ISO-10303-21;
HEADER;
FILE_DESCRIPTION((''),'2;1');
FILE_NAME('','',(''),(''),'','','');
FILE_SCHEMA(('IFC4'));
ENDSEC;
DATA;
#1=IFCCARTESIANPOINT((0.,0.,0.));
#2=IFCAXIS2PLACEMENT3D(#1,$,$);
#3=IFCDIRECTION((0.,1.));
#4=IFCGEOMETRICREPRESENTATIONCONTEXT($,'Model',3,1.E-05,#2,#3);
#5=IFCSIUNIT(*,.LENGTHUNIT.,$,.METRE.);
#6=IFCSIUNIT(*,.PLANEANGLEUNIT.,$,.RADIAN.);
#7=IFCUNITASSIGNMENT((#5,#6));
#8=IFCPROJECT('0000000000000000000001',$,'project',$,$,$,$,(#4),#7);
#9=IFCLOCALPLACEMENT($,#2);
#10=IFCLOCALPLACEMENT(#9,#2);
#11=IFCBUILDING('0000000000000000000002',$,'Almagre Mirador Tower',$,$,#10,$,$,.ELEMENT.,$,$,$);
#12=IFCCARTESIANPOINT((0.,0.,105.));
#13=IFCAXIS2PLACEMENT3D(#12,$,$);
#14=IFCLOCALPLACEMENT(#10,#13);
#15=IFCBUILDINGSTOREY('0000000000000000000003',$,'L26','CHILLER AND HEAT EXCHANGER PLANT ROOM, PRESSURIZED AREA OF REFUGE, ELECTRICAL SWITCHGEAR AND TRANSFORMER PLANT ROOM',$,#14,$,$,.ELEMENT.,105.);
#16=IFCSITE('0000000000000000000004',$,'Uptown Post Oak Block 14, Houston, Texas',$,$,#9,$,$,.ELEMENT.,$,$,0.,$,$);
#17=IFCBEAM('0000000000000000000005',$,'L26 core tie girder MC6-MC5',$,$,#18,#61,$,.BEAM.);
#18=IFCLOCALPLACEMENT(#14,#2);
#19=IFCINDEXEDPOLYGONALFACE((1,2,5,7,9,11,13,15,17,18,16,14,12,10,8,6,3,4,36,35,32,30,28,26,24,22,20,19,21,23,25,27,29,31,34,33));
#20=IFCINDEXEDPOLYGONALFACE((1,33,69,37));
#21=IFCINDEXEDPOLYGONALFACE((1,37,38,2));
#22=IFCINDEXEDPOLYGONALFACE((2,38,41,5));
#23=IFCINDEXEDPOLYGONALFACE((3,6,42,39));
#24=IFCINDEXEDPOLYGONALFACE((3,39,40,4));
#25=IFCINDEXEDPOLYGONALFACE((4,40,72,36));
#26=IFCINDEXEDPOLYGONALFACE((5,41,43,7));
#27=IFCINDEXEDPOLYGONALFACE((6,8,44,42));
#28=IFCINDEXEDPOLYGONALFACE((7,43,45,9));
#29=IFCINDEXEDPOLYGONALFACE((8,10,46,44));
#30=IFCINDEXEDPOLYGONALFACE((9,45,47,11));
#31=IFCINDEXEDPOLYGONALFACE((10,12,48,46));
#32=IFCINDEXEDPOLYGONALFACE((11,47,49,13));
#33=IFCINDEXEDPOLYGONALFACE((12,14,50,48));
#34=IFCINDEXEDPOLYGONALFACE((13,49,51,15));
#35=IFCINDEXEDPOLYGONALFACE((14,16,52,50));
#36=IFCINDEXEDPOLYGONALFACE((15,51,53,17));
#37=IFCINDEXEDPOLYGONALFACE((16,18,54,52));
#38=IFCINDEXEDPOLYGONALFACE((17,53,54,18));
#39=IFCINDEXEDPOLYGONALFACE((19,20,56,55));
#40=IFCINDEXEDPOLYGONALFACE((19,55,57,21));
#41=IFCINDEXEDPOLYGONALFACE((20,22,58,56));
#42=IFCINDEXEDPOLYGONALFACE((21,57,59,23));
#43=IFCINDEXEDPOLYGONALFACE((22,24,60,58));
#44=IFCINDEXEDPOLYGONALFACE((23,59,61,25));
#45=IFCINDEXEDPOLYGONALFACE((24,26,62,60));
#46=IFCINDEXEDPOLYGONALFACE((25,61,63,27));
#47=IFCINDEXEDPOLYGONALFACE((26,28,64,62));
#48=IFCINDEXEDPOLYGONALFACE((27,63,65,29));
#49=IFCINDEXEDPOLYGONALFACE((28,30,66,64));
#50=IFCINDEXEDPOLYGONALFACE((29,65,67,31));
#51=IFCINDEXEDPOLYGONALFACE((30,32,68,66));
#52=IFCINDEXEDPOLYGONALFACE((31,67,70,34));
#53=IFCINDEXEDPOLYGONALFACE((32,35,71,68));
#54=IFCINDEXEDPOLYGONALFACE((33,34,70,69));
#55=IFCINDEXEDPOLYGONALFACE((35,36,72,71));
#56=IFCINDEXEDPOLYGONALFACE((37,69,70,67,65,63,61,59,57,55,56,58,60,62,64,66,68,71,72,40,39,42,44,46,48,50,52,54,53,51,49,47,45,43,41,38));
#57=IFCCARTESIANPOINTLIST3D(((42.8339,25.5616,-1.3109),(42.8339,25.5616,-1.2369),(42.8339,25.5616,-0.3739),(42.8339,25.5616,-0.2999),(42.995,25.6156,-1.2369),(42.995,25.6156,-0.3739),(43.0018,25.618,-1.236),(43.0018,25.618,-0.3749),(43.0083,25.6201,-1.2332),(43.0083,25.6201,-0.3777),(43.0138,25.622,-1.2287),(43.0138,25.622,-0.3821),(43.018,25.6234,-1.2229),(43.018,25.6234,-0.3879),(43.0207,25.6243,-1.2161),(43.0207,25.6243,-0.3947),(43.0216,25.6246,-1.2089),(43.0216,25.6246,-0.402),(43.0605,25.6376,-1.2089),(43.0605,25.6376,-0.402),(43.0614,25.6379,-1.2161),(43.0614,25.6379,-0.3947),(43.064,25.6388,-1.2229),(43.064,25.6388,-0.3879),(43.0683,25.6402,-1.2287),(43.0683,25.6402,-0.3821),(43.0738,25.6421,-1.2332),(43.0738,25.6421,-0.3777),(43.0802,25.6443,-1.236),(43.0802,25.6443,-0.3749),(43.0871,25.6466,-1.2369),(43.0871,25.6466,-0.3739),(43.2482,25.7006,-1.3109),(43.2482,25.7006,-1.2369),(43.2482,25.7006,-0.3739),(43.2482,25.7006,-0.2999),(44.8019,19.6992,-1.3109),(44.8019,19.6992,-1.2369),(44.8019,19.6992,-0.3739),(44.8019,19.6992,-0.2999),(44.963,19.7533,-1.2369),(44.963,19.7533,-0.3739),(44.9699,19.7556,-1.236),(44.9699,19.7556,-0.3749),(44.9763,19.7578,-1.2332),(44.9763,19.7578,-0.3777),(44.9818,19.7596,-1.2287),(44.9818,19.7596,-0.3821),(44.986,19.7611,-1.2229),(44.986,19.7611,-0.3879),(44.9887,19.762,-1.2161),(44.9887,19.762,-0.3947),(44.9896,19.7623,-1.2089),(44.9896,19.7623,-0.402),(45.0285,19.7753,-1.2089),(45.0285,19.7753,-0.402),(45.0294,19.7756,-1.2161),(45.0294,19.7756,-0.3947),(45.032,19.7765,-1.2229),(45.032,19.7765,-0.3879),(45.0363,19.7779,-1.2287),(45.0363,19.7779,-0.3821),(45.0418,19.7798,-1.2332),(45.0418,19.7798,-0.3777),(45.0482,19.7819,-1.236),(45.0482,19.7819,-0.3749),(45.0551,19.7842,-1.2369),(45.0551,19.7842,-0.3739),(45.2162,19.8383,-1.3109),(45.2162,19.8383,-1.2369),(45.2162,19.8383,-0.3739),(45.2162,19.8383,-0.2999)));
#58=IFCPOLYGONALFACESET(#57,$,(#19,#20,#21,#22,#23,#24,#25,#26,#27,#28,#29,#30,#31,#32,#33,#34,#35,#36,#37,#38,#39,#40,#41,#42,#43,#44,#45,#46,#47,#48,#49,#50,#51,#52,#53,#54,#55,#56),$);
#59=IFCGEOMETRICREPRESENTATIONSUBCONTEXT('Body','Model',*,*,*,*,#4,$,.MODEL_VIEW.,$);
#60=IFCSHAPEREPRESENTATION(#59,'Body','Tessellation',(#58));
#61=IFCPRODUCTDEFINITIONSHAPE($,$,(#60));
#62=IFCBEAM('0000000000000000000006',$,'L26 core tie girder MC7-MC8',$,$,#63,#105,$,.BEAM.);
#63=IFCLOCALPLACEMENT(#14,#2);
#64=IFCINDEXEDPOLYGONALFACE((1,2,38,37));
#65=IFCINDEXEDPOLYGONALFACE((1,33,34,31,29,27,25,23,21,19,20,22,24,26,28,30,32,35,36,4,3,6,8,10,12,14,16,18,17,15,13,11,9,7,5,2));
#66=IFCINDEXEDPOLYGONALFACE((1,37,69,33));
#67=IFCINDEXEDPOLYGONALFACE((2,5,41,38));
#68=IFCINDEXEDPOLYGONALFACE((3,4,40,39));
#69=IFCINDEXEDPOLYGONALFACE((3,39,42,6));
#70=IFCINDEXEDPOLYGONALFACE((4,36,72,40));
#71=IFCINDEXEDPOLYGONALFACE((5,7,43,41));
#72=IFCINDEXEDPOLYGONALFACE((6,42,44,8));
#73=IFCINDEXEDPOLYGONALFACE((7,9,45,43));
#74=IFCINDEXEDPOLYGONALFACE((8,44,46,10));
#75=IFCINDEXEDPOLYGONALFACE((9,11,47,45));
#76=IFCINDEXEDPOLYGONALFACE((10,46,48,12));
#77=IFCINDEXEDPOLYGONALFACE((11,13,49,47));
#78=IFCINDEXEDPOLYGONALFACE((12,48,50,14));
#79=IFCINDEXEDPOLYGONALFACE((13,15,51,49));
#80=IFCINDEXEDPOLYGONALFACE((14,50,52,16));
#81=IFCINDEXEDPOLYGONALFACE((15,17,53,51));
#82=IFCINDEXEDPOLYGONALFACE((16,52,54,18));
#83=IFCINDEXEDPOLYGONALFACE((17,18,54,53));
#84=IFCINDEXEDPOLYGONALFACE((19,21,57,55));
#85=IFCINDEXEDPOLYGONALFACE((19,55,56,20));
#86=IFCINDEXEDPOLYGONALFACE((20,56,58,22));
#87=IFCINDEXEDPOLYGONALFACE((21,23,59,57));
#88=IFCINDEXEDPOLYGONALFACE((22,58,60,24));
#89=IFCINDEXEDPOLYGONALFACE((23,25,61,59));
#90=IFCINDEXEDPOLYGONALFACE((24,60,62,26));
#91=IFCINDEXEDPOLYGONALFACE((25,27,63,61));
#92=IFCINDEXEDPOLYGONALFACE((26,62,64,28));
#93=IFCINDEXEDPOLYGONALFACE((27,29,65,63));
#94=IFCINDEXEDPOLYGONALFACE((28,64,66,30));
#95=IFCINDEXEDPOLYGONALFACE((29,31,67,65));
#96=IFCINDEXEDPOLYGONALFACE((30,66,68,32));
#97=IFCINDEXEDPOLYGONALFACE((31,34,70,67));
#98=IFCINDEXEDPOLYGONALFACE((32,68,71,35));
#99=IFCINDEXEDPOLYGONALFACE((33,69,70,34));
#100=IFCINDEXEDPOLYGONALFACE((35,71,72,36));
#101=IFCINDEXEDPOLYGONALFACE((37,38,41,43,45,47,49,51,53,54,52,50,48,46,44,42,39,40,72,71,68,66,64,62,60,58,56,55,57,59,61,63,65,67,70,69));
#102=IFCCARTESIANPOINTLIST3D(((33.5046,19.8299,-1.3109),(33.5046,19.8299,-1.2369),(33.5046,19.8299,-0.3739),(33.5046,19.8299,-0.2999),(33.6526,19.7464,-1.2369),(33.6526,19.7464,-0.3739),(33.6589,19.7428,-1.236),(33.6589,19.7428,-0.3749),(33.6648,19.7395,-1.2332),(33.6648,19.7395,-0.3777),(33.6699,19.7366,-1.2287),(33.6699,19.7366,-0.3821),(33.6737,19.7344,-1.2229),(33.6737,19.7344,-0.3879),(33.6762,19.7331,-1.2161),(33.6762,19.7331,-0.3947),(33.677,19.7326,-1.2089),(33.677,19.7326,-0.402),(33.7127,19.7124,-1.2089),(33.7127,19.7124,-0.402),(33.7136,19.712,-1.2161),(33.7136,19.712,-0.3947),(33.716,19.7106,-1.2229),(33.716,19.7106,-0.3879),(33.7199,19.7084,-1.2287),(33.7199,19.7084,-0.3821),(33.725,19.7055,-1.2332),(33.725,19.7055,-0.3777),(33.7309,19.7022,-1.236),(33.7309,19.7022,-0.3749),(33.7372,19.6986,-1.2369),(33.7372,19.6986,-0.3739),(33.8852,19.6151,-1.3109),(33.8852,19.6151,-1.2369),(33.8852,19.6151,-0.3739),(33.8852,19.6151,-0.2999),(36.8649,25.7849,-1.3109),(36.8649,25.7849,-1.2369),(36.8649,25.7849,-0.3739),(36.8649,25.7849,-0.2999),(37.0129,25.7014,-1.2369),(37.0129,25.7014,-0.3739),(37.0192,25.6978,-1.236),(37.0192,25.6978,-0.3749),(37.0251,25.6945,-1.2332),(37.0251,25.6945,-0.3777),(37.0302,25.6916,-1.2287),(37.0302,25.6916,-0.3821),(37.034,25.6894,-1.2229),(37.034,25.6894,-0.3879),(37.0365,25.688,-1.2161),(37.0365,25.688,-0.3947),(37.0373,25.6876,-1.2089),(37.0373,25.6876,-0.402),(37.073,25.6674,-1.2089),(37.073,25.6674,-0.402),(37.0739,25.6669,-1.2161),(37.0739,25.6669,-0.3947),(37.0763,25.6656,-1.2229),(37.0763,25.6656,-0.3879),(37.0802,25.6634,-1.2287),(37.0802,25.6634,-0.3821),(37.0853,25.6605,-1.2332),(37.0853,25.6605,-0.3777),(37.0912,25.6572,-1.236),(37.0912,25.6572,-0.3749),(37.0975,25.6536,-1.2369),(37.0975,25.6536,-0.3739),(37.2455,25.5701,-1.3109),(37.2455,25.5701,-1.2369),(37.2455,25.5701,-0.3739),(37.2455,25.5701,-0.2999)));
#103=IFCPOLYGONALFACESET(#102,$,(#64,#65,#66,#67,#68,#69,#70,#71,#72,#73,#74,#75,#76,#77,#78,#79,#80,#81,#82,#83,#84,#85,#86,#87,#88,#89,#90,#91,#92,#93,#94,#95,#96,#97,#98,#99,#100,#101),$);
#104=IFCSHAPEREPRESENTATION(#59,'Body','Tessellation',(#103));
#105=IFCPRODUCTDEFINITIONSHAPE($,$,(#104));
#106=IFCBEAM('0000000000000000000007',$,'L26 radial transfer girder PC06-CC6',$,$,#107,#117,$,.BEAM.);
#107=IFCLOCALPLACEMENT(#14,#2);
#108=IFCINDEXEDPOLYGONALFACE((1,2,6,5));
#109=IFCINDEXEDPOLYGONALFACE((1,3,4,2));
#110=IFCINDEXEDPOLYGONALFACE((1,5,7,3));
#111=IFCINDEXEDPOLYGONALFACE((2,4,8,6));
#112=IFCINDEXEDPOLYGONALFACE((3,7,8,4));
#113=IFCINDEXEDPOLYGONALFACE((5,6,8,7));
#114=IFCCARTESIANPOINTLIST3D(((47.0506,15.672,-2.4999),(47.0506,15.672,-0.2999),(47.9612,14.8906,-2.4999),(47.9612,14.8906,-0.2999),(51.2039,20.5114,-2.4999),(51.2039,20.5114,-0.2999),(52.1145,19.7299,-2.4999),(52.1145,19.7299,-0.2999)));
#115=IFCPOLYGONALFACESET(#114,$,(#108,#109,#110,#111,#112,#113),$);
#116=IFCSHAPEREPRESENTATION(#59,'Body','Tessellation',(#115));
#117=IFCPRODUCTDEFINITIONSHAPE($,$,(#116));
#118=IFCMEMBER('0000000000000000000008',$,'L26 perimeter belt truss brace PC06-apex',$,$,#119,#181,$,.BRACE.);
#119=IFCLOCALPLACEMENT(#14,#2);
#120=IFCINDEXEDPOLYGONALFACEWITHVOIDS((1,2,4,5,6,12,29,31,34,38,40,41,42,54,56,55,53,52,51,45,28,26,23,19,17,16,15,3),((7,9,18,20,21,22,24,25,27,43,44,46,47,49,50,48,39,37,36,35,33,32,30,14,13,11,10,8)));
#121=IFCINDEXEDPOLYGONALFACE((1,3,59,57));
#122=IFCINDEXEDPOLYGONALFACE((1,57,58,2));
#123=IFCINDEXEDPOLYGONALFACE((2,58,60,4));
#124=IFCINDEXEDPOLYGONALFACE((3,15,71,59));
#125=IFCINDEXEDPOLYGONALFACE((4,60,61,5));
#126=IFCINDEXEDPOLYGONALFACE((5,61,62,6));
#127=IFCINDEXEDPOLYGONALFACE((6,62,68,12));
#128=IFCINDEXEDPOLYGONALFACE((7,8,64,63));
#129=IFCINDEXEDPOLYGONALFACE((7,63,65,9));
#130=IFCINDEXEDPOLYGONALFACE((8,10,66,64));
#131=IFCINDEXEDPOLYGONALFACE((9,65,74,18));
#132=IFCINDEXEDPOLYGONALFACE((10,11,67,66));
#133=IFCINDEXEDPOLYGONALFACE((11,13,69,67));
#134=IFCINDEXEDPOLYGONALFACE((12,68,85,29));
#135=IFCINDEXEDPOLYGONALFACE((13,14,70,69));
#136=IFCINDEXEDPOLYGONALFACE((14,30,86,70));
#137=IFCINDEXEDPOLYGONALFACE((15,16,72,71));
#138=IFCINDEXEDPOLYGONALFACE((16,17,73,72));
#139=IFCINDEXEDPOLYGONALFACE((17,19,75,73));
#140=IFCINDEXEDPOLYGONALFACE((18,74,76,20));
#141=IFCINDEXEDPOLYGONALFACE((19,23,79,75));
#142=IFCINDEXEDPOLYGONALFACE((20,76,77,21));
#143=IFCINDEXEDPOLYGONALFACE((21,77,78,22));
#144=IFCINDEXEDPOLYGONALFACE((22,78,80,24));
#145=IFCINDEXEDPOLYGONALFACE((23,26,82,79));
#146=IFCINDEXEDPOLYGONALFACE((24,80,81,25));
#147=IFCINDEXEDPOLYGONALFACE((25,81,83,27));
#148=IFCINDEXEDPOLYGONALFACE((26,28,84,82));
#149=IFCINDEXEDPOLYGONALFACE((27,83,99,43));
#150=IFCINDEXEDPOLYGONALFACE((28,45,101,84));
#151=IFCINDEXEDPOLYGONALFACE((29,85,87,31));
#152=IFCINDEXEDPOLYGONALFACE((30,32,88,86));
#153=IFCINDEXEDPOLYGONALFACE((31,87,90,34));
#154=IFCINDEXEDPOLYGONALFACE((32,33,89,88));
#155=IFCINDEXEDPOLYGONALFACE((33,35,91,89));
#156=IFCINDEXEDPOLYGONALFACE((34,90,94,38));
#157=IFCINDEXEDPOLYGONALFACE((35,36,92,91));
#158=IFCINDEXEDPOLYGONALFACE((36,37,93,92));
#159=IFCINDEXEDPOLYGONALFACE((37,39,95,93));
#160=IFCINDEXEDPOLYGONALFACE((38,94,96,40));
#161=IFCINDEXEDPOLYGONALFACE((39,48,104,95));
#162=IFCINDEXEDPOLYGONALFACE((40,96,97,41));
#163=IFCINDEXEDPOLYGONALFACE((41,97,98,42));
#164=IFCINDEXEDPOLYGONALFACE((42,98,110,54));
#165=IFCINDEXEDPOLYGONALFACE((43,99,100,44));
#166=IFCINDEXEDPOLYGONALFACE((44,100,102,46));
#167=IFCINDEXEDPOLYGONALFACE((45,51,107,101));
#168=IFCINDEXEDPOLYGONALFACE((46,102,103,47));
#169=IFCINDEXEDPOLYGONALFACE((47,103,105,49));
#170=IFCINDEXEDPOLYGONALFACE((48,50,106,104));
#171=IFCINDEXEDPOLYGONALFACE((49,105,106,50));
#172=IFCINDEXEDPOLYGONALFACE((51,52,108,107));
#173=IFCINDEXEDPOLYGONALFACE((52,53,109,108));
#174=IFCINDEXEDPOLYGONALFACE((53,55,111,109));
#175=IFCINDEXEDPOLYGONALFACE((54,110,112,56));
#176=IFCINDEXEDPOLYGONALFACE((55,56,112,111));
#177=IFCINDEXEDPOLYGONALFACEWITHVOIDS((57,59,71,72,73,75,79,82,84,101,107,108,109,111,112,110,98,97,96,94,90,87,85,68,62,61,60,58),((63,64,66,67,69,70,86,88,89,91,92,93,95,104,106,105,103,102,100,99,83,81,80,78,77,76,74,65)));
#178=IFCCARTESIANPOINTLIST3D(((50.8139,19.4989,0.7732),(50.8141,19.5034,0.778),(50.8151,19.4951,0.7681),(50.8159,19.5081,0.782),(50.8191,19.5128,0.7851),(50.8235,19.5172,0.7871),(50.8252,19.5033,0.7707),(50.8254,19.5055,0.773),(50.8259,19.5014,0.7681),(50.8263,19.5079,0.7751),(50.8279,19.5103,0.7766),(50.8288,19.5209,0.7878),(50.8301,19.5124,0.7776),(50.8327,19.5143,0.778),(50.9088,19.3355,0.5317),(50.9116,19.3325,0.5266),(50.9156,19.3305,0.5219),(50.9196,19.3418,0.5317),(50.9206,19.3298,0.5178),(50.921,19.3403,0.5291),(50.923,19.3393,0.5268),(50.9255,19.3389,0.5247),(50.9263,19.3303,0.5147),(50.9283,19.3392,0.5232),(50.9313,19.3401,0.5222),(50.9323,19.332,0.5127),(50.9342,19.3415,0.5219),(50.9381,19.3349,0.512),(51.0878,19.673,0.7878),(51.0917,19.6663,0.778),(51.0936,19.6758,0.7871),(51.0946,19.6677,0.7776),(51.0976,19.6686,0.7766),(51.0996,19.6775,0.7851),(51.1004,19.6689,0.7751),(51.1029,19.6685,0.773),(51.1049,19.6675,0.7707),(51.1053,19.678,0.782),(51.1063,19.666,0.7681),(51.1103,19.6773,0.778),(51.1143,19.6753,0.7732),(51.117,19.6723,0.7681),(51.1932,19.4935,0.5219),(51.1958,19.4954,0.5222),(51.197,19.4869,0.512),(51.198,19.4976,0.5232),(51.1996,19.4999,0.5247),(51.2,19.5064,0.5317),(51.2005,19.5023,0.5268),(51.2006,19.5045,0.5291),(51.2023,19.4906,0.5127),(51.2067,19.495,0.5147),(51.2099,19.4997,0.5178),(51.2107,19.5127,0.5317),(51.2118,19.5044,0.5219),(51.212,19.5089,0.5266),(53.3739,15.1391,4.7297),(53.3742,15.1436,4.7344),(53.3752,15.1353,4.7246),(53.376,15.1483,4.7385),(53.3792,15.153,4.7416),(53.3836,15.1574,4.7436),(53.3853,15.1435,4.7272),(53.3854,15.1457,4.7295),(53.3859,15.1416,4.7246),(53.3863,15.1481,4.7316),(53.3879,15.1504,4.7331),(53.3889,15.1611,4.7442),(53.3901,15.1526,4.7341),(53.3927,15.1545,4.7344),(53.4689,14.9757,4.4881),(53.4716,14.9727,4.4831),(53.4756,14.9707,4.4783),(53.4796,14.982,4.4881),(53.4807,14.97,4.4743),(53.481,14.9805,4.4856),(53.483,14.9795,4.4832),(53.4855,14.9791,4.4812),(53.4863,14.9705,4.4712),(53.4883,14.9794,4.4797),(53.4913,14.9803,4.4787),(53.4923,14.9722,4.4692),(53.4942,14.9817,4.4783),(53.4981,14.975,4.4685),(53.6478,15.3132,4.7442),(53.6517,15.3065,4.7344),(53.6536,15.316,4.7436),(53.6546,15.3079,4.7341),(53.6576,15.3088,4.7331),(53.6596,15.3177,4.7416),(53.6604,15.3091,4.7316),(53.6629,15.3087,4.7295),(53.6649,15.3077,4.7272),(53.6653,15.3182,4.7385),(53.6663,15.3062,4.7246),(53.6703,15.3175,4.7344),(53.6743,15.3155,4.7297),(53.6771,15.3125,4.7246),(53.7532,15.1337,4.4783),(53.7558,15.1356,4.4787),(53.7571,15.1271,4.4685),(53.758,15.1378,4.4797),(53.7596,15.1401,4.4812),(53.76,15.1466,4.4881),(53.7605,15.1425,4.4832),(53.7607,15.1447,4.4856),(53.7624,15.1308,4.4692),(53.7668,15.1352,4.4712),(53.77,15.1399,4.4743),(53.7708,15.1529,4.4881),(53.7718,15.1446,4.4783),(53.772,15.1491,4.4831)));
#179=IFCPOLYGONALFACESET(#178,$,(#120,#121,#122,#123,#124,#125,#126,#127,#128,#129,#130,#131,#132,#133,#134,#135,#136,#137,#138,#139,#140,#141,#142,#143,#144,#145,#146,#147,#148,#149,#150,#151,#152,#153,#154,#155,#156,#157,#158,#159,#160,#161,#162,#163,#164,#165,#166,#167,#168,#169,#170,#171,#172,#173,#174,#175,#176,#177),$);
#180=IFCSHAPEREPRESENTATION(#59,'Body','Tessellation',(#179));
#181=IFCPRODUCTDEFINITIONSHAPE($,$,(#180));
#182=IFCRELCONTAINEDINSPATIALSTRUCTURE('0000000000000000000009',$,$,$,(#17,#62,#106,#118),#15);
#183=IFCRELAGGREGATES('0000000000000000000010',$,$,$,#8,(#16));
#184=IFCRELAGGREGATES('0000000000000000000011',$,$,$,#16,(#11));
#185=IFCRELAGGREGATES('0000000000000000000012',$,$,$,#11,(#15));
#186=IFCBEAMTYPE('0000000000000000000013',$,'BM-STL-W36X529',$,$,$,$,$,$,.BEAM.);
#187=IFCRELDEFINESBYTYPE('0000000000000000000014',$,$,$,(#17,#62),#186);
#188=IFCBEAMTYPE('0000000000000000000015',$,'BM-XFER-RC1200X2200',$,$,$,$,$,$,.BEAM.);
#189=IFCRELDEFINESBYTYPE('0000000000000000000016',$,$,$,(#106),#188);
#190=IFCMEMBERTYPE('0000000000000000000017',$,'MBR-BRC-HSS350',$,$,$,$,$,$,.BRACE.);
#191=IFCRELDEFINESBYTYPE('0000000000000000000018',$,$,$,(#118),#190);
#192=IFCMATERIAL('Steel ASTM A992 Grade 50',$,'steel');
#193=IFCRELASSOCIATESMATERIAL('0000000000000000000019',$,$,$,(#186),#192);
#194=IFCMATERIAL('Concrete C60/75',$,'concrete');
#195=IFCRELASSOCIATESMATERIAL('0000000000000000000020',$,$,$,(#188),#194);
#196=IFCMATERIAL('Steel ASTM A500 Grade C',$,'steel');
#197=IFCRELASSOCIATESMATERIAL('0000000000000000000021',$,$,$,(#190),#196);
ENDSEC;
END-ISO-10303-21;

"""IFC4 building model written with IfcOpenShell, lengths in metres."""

from ifc_helpers import new_model, si_unit, direction, frame, origin, origin_2d, place, context, subcontext, project, spatial, rectangle, hollow_rectangle, i_section, extrude, material, material_profile, profile_set, type_object, element, save


model = new_model("IFC4")

# Units and contexts
model_context = context("Model", 3, precision=1e-05, world=origin(), true_north=direction((0.0, 1.0)))
body_context = subcontext(model_context, "Body", "Model", "MODEL_VIEW")
ifc_project = project(units=[si_unit("LENGTHUNIT", "METRE"), si_unit("PLANEANGLEUNIT", "RADIAN")], contexts=[model_context])

# Site, building, storey
site_placement = place(None, origin())
site = spatial("IfcSite", under=ifc_project, at=site_placement, Name="Uptown Post Oak Block 14, Houston, Texas", CompositionType="ELEMENT", RefElevation=0.0)
building_placement = place(site_placement, origin())
building = spatial("IfcBuilding", under=site, at=building_placement, Name="Almagre Mirador Tower", CompositionType="ELEMENT")
storey_placement = place(building_placement, frame((0.0, 0.0, 105.0)))
storey = spatial("IfcBuildingStorey", under=building, at=storey_placement, Name="L26", Description="CHILLER AND HEAT EXCHANGER PLANT ROOM, PRESSURIZED AREA OF REFUGE, ELECTRICAL SWITCHGEAR AND TRANSFORMER PLANT ROOM", CompositionType="ELEMENT", Elevation=105.0)

# Beams
ifc_material_1 = material(Name="Steel ASTM A992 Grade 50", Category="steel")
ifc_material_profile_1 = material_profile(ifc_material_1, i_section(OverallWidth=0.437, OverallDepth=1.011, WebThickness=0.041, FlangeThickness=0.074, FilletRadius=0.0281, at=origin_2d()), Name="W36X529")
ifc_profile_set_1 = profile_set([ifc_material_profile_1], Name="Steel ASTM A992 Grade 50")
beam_type_1 = type_object("IfcBeamType", Name="BM-STL-W36X529", PredefinedType="BEAM", material=ifc_profile_set_1)
beam_1_placement = place(storey_placement, frame((43.041, 25.6311, -0.8054), z_axis=(0.318252, -0.948006, 0.0), x_axis=(0.948006, 0.318252, 0.0)))
element("IfcBeam", 1, at=beam_1_placement, inside=storey, type_object=beam_type_1, Name="L26 core tie girder MC6-MC5", PredefinedType="BEAM", context=body_context, shape_type="SweptSolid", body=[
    extrude(i_section(OverallWidth=0.437, OverallDepth=1.011, WebThickness=0.041, FlangeThickness=0.074, FilletRadius=0.0281, at=origin_2d()), origin(), (0.0, 0.0, 1.0), 6.1838),
])
beam_2_placement = place(storey_placement, frame((37.0552, 25.6775, -0.8054), z_axis=(-0.491441, -0.870911, 0.0), x_axis=(0.870911, -0.491441, 0.0)))
element("IfcBeam", 2, at=beam_2_placement, inside=storey, type_object=beam_type_1, Name="L26 core tie girder MC7-MC8", PredefinedType="BEAM", context=body_context, shape_type="SweptSolid", body=[
    extrude(i_section(OverallWidth=0.437, OverallDepth=1.011, WebThickness=0.041, FlangeThickness=0.074, FilletRadius=0.0281, at=origin_2d()), origin(), (0.0, 0.0, 1.0), 6.8376),
])
ifc_material_2 = material(Name="Concrete C60/75", Category="concrete")
ifc_material_profile_2 = material_profile(ifc_material_2, rectangle(XDim=1.2, YDim=2.2, at=origin_2d()), Name="RC1200X2200")
ifc_profile_set_2 = profile_set([ifc_material_profile_2], Name="Concrete C60/75")
beam_type_2 = type_object("IfcBeamType", Name="BM-XFER-RC1200X2200", PredefinedType="BEAM", material=ifc_profile_set_2)
beam_3_placement = place(storey_placement, frame((51.6592, 20.1206, -1.3999), z_axis=(-0.65127, -0.758846, 0.0), x_axis=(0.758846, -0.65127, 0.0)))
element("IfcBeam", 3, at=beam_3_placement, inside=storey, type_object=beam_type_2, Name="L26 radial transfer girder PC06-CC6", PredefinedType="BEAM", context=body_context, shape_type="SweptSolid", body=[
    extrude(rectangle(XDim=1.2, YDim=2.2, at=origin_2d()), origin(), (0.0, 0.0, 1.0), 6.3772),
])

# Member
ifc_material_3 = material(Name="Steel ASTM A500 Grade C", Category="steel")
ifc_material_profile_3 = material_profile(ifc_material_3, hollow_rectangle(XDim=0.3501, YDim=0.3501, WallThickness=0.0125, InnerFilletRadius=0.0125, OuterFilletRadius=0.0249, at=origin_2d()), Name="HSS350X350X12.5")
ifc_profile_set_3 = profile_set([ifc_material_profile_3], Name="Steel ASTM A500 Grade C")
member_type_1 = type_object("IfcMemberType", Name="MBR-BRC-HSS350", PredefinedType="BRACE", material=ifc_profile_set_3)
member_placement = place(storey_placement, frame((51.0129, 19.5039, 0.6499), z_axis=(0.398762, -0.679105, 0.616283), x_axis=(0.862329, 0.506349, 0.0)))
element("IfcMember", 4, at=member_placement, inside=storey, type_object=member_type_1, Name="L26 perimeter belt truss brace PC06-apex", PredefinedType="BRACE", context=body_context, shape_type="SweptSolid", body=[
    extrude(hollow_rectangle(XDim=0.3501, YDim=0.3501, WallThickness=0.0125, InnerFilletRadius=0.0125, OuterFilletRadius=0.0249, at=origin_2d()), origin(), (0.0, 0.0, 1.0), 6.4199),
])

save(model, "model.ifc")
